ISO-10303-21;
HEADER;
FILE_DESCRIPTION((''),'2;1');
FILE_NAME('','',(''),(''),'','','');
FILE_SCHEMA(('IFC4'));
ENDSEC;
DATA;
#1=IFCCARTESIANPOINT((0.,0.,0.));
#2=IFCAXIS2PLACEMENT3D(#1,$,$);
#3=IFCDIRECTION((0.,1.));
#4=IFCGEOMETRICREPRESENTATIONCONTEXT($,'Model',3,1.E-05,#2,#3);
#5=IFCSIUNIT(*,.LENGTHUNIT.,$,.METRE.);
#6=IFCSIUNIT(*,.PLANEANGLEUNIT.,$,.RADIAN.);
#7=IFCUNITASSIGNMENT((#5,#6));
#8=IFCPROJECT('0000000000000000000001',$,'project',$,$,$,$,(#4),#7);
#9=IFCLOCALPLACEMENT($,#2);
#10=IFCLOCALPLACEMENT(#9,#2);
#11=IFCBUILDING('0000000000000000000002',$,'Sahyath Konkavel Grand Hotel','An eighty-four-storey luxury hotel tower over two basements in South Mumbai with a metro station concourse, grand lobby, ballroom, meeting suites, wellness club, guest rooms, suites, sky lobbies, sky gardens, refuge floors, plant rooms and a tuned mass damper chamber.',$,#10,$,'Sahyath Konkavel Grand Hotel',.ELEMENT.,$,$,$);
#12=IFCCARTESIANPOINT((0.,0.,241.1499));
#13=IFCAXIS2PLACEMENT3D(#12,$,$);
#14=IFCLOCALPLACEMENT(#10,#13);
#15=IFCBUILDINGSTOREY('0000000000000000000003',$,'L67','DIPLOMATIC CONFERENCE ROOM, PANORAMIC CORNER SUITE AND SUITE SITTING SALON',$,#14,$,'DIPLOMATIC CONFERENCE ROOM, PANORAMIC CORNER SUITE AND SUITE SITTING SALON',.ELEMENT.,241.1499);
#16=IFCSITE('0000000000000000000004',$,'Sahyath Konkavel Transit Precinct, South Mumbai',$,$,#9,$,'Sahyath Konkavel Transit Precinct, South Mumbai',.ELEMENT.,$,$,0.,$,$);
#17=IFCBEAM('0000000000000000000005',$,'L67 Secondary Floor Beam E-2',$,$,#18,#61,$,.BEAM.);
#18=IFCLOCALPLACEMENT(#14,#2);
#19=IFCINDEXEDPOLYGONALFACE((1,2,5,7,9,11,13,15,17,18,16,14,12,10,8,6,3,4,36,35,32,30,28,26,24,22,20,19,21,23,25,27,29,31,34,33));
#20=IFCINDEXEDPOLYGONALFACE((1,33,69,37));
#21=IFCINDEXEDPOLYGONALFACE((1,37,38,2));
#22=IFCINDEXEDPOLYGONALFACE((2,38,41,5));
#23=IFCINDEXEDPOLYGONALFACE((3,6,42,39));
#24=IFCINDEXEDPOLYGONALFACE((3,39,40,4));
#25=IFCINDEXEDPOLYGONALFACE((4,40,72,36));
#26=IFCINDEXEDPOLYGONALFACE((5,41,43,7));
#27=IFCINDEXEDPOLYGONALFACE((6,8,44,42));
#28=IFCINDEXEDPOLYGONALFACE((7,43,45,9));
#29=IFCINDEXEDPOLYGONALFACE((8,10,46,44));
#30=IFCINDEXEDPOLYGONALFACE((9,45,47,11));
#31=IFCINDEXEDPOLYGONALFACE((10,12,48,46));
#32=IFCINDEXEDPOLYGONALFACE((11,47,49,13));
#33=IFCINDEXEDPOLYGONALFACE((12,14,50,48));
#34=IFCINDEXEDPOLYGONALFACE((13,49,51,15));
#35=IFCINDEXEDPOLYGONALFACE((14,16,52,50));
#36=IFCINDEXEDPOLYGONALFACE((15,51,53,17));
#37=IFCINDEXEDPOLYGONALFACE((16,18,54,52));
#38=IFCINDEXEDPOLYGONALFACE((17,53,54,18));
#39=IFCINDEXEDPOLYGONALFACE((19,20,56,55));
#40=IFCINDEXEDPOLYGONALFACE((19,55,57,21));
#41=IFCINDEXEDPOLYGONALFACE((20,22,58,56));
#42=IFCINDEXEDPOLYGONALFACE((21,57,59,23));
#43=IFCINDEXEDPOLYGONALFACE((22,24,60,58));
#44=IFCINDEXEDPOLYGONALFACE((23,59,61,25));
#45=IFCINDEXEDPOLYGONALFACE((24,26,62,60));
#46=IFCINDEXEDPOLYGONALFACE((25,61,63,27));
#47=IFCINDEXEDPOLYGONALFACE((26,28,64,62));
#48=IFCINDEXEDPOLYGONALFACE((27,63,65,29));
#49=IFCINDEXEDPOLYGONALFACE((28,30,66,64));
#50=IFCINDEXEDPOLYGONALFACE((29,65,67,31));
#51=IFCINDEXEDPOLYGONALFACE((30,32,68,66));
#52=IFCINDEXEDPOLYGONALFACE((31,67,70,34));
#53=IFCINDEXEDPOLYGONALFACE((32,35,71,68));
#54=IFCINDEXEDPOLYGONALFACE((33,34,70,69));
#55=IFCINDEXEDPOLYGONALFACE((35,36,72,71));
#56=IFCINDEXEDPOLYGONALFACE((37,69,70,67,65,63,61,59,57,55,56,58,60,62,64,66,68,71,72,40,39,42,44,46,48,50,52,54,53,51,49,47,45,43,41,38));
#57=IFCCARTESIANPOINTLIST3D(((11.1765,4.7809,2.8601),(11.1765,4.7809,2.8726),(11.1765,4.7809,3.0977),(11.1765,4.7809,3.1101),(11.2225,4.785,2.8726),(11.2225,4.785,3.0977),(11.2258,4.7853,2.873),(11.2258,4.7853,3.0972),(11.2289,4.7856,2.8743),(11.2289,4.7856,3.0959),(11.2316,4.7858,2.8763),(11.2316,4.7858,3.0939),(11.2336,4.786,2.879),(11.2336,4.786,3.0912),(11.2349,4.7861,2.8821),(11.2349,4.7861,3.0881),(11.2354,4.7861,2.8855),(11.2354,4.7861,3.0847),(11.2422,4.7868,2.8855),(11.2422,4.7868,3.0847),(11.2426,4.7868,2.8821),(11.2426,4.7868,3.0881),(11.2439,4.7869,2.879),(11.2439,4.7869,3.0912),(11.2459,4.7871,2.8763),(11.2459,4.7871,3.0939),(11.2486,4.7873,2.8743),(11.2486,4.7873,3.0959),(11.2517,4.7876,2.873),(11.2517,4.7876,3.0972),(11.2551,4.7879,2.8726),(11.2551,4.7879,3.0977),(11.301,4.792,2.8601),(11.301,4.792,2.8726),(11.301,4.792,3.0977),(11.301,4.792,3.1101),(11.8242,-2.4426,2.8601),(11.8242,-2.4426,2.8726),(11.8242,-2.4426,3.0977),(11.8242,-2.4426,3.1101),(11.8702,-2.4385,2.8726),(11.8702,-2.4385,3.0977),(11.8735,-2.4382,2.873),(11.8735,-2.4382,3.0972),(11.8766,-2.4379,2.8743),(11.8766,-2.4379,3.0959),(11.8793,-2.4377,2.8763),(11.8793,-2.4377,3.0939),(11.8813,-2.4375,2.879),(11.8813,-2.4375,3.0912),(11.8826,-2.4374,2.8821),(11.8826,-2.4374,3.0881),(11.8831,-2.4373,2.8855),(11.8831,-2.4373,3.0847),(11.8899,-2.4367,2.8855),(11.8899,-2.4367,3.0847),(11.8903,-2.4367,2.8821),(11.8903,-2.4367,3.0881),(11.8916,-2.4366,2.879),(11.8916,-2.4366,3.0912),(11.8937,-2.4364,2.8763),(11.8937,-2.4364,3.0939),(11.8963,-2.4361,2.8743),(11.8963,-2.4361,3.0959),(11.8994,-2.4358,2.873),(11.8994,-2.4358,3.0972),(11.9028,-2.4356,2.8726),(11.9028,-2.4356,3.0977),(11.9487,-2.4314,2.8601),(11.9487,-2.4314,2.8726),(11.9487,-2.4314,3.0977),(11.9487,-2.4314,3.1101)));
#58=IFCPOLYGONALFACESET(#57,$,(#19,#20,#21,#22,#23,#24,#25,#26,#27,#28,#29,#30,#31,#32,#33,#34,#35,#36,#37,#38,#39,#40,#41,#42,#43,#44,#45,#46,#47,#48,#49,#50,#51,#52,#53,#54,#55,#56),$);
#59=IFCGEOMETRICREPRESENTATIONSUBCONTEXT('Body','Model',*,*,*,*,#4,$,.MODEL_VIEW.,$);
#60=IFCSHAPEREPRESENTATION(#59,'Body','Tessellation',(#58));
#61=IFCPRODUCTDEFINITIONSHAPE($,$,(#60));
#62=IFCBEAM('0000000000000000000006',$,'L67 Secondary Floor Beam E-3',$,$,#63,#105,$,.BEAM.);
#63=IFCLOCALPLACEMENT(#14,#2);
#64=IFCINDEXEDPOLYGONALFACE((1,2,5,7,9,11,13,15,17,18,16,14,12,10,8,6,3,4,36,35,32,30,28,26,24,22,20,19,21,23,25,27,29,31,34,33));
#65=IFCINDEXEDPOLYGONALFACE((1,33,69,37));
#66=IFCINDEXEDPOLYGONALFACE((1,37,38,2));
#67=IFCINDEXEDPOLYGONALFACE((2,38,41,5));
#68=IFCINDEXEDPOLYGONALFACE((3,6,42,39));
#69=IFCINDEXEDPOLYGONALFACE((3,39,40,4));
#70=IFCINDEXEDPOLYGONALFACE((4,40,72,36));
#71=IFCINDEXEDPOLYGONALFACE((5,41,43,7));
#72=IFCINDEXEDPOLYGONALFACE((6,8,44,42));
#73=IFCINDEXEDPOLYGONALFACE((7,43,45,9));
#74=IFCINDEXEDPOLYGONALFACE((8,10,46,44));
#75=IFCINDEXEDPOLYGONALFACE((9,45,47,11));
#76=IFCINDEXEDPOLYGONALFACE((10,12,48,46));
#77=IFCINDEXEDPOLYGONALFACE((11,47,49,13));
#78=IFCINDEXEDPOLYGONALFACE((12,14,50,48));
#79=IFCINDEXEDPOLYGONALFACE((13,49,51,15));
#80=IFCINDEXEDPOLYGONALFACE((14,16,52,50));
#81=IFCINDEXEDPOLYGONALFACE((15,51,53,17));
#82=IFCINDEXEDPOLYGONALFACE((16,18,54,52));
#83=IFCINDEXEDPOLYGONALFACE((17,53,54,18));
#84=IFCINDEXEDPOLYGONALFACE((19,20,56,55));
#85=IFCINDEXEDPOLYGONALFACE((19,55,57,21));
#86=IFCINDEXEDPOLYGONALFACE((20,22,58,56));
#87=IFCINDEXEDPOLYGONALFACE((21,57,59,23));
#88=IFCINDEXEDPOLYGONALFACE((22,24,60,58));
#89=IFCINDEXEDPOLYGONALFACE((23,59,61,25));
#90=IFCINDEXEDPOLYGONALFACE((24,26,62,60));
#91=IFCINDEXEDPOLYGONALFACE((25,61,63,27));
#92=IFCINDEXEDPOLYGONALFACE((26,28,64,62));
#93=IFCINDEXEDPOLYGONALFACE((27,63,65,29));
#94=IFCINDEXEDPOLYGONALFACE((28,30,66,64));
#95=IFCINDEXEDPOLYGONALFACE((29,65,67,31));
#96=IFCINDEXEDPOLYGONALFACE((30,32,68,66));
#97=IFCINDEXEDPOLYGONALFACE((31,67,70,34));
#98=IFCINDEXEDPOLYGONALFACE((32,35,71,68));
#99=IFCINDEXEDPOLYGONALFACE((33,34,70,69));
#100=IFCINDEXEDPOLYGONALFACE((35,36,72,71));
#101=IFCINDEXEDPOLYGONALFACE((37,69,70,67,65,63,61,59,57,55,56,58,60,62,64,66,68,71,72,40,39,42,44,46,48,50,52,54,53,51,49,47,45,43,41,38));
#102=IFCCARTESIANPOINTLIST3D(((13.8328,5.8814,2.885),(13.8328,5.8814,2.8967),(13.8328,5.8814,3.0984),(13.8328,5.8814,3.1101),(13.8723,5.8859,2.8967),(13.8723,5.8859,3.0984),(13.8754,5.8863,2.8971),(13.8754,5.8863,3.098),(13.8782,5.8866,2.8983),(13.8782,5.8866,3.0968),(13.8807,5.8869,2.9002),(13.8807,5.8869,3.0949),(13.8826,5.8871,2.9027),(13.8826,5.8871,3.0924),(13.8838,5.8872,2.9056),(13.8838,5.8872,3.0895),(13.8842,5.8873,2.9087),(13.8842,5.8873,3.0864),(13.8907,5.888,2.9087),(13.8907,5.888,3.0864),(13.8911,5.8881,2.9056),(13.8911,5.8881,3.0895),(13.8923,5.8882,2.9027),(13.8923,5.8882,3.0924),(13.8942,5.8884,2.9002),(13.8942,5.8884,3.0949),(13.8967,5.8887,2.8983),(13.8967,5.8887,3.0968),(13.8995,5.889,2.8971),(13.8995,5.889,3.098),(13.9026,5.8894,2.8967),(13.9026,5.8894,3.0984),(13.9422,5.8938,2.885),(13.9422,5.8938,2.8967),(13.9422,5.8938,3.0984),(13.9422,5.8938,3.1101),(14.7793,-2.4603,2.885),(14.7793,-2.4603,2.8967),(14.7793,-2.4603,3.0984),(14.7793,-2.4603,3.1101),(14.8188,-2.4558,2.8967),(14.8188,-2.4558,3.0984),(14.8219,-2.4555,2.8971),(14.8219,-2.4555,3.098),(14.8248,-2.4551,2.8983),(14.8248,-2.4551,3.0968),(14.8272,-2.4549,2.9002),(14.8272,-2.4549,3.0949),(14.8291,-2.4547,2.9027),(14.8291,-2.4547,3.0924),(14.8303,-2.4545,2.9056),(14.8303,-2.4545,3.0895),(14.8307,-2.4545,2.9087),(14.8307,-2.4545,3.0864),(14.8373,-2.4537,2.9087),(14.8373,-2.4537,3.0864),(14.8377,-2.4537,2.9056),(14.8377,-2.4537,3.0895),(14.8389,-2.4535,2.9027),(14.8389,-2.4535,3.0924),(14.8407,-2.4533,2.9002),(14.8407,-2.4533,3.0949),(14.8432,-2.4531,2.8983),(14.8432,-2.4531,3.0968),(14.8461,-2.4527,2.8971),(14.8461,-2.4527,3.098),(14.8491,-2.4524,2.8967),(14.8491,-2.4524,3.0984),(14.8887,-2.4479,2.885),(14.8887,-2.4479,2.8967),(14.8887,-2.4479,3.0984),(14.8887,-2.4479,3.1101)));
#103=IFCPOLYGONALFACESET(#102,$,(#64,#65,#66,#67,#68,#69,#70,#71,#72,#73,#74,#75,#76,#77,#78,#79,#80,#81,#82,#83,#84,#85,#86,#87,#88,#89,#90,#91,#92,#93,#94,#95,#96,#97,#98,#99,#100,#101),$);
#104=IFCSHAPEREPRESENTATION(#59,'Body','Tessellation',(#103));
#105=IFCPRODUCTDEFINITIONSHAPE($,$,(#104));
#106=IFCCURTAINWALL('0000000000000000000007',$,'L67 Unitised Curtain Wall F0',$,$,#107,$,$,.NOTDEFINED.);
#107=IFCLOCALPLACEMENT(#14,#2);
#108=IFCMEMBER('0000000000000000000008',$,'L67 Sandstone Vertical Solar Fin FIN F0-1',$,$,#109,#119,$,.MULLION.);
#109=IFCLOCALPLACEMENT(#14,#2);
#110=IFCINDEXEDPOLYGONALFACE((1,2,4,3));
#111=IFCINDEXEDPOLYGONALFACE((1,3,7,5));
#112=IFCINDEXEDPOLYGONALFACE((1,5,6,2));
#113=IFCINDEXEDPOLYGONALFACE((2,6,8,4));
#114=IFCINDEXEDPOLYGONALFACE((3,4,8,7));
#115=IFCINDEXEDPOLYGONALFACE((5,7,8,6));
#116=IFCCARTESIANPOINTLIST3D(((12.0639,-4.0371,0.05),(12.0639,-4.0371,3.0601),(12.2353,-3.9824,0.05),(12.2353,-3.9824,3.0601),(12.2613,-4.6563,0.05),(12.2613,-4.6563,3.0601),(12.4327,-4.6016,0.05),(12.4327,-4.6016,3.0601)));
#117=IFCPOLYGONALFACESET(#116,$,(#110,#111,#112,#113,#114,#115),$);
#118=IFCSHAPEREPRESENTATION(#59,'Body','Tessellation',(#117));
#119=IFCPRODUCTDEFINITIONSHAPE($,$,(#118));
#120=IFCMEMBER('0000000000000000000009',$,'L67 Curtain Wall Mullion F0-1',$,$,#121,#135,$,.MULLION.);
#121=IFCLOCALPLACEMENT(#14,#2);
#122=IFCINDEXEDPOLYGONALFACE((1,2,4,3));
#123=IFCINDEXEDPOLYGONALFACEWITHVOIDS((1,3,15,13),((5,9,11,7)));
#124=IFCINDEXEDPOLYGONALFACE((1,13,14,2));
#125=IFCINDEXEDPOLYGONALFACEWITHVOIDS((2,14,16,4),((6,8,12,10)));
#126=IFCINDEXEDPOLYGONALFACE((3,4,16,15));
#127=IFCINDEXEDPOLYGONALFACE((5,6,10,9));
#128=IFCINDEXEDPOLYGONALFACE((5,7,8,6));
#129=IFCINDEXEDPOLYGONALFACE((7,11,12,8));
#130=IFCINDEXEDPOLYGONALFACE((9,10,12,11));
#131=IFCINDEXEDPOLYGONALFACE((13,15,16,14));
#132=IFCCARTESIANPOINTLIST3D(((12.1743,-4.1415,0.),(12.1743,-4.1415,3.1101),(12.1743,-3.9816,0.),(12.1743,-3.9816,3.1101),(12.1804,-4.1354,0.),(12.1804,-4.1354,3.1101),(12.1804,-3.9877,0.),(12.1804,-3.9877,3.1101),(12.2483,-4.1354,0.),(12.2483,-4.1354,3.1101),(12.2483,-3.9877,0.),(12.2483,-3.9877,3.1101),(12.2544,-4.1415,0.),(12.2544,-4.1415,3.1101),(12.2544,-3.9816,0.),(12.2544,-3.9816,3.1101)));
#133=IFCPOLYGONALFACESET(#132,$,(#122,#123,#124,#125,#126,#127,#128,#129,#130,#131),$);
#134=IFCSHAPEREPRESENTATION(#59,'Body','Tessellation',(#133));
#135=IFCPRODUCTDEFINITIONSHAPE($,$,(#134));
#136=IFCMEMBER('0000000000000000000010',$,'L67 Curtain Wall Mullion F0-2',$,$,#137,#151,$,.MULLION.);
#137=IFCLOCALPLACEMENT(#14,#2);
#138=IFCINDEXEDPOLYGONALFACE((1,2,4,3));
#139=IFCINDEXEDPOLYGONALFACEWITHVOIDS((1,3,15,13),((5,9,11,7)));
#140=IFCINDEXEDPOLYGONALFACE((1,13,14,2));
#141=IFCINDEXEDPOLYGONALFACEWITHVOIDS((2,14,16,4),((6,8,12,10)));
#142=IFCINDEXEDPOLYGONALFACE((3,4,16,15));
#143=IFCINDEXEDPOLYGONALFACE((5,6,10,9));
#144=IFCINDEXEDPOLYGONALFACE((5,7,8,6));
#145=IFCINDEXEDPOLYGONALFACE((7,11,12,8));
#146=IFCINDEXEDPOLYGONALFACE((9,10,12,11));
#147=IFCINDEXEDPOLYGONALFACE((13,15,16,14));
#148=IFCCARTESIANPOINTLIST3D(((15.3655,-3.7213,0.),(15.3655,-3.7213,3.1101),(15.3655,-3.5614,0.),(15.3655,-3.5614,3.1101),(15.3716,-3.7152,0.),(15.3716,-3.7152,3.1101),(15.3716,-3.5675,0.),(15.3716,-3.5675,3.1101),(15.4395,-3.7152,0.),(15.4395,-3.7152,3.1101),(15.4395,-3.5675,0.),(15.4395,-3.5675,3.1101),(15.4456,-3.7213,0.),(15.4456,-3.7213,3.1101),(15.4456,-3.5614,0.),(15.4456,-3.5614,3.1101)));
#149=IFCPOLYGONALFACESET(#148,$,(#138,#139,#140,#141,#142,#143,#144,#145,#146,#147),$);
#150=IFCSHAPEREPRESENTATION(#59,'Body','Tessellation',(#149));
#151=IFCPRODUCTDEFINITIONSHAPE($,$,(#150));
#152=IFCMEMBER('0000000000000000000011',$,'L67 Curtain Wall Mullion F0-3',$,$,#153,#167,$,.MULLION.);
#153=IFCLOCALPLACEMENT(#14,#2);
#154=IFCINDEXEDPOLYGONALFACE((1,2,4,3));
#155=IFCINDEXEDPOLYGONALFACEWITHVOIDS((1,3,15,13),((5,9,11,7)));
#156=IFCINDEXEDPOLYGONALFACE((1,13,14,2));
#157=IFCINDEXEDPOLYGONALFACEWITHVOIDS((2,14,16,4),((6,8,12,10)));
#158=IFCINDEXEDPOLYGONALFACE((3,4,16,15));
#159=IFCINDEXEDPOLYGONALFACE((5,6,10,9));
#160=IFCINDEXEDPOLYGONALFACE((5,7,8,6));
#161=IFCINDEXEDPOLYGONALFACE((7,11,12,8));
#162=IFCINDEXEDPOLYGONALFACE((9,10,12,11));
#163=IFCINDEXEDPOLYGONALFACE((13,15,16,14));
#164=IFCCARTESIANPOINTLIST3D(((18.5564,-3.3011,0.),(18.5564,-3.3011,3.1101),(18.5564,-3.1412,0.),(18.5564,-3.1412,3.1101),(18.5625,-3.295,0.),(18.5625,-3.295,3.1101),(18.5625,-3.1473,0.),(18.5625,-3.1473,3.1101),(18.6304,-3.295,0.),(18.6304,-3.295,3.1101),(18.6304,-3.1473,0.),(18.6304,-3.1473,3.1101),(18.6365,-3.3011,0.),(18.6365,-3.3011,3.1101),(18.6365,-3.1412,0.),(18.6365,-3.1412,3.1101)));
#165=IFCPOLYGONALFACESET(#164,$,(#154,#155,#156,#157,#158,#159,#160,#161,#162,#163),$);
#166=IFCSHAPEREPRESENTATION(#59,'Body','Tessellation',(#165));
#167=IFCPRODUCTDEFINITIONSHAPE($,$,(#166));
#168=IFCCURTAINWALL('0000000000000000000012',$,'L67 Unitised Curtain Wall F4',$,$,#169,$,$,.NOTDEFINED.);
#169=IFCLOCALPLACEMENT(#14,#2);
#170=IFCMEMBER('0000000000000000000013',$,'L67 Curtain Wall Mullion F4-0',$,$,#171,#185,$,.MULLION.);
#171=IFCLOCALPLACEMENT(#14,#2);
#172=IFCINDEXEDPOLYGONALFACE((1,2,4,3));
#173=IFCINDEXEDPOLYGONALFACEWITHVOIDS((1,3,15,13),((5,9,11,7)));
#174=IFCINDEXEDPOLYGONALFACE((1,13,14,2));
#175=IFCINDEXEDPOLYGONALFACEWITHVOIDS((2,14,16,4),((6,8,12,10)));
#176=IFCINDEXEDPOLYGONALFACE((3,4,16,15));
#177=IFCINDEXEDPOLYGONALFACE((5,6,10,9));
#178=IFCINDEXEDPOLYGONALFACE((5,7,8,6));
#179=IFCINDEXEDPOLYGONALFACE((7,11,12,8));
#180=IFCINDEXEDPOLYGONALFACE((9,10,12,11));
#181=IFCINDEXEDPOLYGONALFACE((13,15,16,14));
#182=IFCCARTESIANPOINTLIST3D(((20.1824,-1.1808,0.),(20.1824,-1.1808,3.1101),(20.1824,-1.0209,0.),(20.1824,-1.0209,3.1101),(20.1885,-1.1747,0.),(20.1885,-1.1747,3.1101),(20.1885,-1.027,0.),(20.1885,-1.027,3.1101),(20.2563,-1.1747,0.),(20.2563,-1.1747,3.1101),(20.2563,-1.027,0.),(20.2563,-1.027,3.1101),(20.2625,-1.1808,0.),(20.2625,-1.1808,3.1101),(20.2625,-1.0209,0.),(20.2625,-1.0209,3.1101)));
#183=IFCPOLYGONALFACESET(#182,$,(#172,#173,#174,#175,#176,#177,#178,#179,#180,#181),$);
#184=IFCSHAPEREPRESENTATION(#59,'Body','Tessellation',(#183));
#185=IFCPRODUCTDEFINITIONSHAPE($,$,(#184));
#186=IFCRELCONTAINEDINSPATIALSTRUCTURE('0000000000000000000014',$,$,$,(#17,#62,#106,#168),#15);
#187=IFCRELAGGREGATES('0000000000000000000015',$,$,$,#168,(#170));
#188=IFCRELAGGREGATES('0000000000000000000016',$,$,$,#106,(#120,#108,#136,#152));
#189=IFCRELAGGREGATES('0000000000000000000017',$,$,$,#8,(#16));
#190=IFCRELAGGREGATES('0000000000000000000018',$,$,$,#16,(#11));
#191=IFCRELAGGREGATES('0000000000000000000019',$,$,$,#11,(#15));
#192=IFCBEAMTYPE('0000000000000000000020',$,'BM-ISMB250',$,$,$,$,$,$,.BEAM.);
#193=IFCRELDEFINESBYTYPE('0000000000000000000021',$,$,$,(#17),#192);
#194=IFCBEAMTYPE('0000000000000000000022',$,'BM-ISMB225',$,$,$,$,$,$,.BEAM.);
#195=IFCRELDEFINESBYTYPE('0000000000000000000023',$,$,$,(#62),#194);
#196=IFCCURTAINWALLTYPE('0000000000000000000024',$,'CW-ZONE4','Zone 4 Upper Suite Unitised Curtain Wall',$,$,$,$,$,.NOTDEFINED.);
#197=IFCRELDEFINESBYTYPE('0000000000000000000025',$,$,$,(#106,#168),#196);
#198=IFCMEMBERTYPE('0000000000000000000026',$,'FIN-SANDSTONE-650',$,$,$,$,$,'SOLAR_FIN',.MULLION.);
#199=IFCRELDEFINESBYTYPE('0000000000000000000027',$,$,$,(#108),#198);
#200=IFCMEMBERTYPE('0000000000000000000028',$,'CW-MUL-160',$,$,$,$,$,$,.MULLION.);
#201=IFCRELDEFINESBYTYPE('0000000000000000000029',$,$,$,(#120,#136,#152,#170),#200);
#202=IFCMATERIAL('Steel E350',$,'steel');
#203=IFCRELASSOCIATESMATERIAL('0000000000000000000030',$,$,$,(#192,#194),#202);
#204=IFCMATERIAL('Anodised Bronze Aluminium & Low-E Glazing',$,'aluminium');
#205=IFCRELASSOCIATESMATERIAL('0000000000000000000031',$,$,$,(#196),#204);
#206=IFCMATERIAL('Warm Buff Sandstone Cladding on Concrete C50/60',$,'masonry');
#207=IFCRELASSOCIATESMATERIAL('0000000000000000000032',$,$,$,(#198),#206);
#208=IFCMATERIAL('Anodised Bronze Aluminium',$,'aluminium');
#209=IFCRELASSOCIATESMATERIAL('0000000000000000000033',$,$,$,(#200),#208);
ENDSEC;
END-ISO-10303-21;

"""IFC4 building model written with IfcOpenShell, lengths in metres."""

from ifc_helpers import new_model, si_unit, direction, frame, origin, origin_2d, place, context, subcontext, project, spatial, rectangle, hollow_rectangle, i_section, extrude, source, transform, mapped, material, material_profile, profile_set, type_object, element, aggregate, save


model = new_model("IFC4")

# Units and contexts
model_context = context("Model", 3, precision=1e-05, world=origin(), true_north=direction((0.0, 1.0)))
body_context = subcontext(model_context, "Body", "Model", "MODEL_VIEW")
ifc_project = project(units=[si_unit("LENGTHUNIT", "METRE"), si_unit("PLANEANGLEUNIT", "RADIAN")], contexts=[model_context])

# Site, building, storey
site_placement = place(None, origin())
site = spatial("IfcSite", under=ifc_project, at=site_placement, Name="Sahyath Konkavel Transit Precinct, South Mumbai", LongName="Sahyath Konkavel Transit Precinct, South Mumbai", CompositionType="ELEMENT", RefElevation=0.0)
building_placement = place(site_placement, origin())
building = spatial("IfcBuilding", under=site, at=building_placement, Name="Sahyath Konkavel Grand Hotel", Description="An eighty-four-storey luxury hotel tower over two basements in South Mumbai with a metro station concourse, grand lobby, ballroom, meeting suites, wellness club, guest rooms, suites, sky lobbies, sky gardens, refuge floors, plant rooms and a tuned mass damper chamber.", LongName="Sahyath Konkavel Grand Hotel", CompositionType="ELEMENT")
storey_placement = place(building_placement, frame((0.0, 0.0, 241.1499)))
storey = spatial("IfcBuildingStorey", under=building, at=storey_placement, Name="L67", Description="DIPLOMATIC CONFERENCE ROOM, PANORAMIC CORNER SUITE AND SUITE SITTING SALON", LongName="DIPLOMATIC CONFERENCE ROOM, PANORAMIC CORNER SUITE AND SUITE SITTING SALON", CompositionType="ELEMENT", Elevation=241.1499)

# Beams
ifc_material_1 = material(Name="Steel E350", Category="steel")
ifc_material_profile_1 = material_profile(ifc_material_1, i_section(OverallWidth=0.125, OverallDepth=0.25, WebThickness=0.0068, FlangeThickness=0.0125, FilletRadius=0.0129, at=origin_2d()), Name="ISMB 250")
ifc_profile_set_1 = profile_set([ifc_material_profile_1], Name="Steel E350")
beam_type_1 = type_object("IfcBeamType", Name="BM-ISMB250", PredefinedType="BEAM", material=ifc_profile_set_1)
shared_shape_1 = source(origin(), body_context, "Body", "SweptSolid", [
    extrude(i_section(OverallWidth=0.125, OverallDepth=0.25, WebThickness=0.0068, FlangeThickness=0.0125, FilletRadius=0.0129, at=origin_2d()), origin(), (0.0, 0.0, 1.0), 7.2524),
])
beam_1_placement = place(storey_placement, frame((11.8865, -2.437, 2.9851), z_axis=(-0.089309, 0.996004, 0.0), x_axis=(-0.996004, -0.089309, 0.0)))
element("IfcBeam", 1, at=beam_1_placement, inside=storey, type_object=beam_type_1, Name="L67 Secondary Floor Beam E-2", PredefinedType="BEAM", context=body_context, shape_type="MappedRepresentation", body=[
    mapped(shared_shape_1, transform((0.0, 0.0, 0.0), scale=1.0)),
])
ifc_material_profile_2 = material_profile(ifc_material_1, i_section(OverallWidth=0.1101, OverallDepth=0.2251, WebThickness=0.0066, FlangeThickness=0.0117, FilletRadius=0.012, at=origin_2d()), Name="ISMB 225")
ifc_profile_set_2 = profile_set([ifc_material_profile_2], Name="Steel E350")
beam_type_2 = type_object("IfcBeamType", Name="BM-ISMB225", PredefinedType="BEAM", material=ifc_profile_set_2)
shared_shape_2 = source(origin(), body_context, "Body", "SweptSolid", [
    extrude(i_section(OverallWidth=0.1101, OverallDepth=0.2251, WebThickness=0.0066, FlangeThickness=0.0117, FilletRadius=0.012, at=origin_2d()), origin(), (0.0, 0.0, 1.0), 8.3953),
])
beam_2_placement = place(storey_placement, frame((14.834, -2.4541, 2.9976), z_axis=(-0.112745, 0.993624, 0.0), x_axis=(-0.993624, -0.112745, 0.0)))
element("IfcBeam", 2, at=beam_2_placement, inside=storey, type_object=beam_type_2, Name="L67 Secondary Floor Beam E-3", PredefinedType="BEAM", context=body_context, shape_type="MappedRepresentation", body=[
    mapped(shared_shape_2, transform((0.0, 0.0, 0.0), scale=1.0)),
])

# Curtain wall, members
ifc_material_2 = material(Name="Anodised Bronze Aluminium & Low-E Glazing", Category="aluminium")
curtain_wall_type = type_object("IfcCurtainWallType", Name="CW-ZONE4", Description="Zone 4 Upper Suite Unitised Curtain Wall", PredefinedType="NOTDEFINED", material=ifc_material_2)
curtain_wall_1_placement = place(storey_placement, origin())
curtain_wall_1 = element("IfcCurtainWall", 3, at=curtain_wall_1_placement, inside=storey, type_object=curtain_wall_type, Name="L67 Unitised Curtain Wall F0", PredefinedType="NOTDEFINED")
ifc_material_3 = material(Name="Warm Buff Sandstone Cladding on Concrete C50/60", Category="masonry")
ifc_material_profile_3 = material_profile(ifc_material_3, rectangle(XDim=0.1799, YDim=0.6499, at=origin_2d()), Name="FIN 180x650")
ifc_profile_set_3 = profile_set([ifc_material_profile_3], Name="Warm Buff Sandstone Cladding on Concrete C50/60")
member_type_1 = type_object("IfcMemberType", Name="FIN-SANDSTONE-650", ElementType="SOLAR_FIN", PredefinedType="MULLION", material=ifc_profile_set_3)
shared_shape_3 = source(origin(), body_context, "Body", "SweptSolid", [
    extrude(rectangle(XDim=0.1799, YDim=0.6499, at=origin_2d()), origin(), (0.0, 0.0, 1.0), 3.01),
])
member_1_placement = place(storey_placement, frame((12.2483, -4.3193, 0.05), z_axis=(0.0, 0.0, 1.0), x_axis=(0.952768, 0.303701, 0.0)))
member_1 = element("IfcMember", 4, at=member_1_placement, type_object=member_type_1, Name="L67 Sandstone Vertical Solar Fin FIN F0-1", PredefinedType="MULLION", context=body_context, shape_type="MappedRepresentation", body=[
    mapped(shared_shape_3, transform((0.0, 0.0, 0.0), scale=1.0)),
])
ifc_material_4 = material(Name="Anodised Bronze Aluminium", Category="aluminium")
ifc_material_profile_4 = material_profile(ifc_material_4, hollow_rectangle(XDim=0.0801, YDim=0.1599, WallThickness=0.0061, at=origin_2d()), Name="RHS 160x80x6")
ifc_profile_set_4 = profile_set([ifc_material_profile_4], Name="Anodised Bronze Aluminium")
member_type_2 = type_object("IfcMemberType", Name="CW-MUL-160", PredefinedType="MULLION", material=ifc_profile_set_4)
shared_shape_4 = source(origin(), body_context, "Body", "SweptSolid", [
    extrude(hollow_rectangle(XDim=0.0801, YDim=0.1599, WallThickness=0.0061, at=origin_2d()), origin(), (0.0, 0.0, 1.0), 3.1101),
])
member_2_placement = place(storey_placement, frame((12.2144, -4.0615, 0.0), z_axis=(0.0, 0.0, 1.0), x_axis=(1.0, 0.0, 0.0)))
member_2 = element("IfcMember", 5, at=member_2_placement, type_object=member_type_2, Name="L67 Curtain Wall Mullion F0-1", PredefinedType="MULLION", context=body_context, shape_type="MappedRepresentation", body=[
    mapped(shared_shape_4, transform((0.0, 0.0, 0.0), scale=1.0)),
])
member_3_placement = place(storey_placement, frame((15.4055, -3.6414, 0.0), z_axis=(0.0, 0.0, 1.0), x_axis=(1.0, 0.0, 0.0)))
member_3 = element("IfcMember", 6, at=member_3_placement, type_object=member_type_2, Name="L67 Curtain Wall Mullion F0-2", PredefinedType="MULLION", context=body_context, shape_type="MappedRepresentation", body=[
    mapped(shared_shape_4, transform((0.0, 0.0, 0.0), scale=1.0)),
])
member_4_placement = place(storey_placement, frame((18.5964, -3.2212, 0.0), z_axis=(0.0, 0.0, 1.0), x_axis=(1.0, 0.0, 0.0)))
member_4 = element("IfcMember", 7, at=member_4_placement, type_object=member_type_2, Name="L67 Curtain Wall Mullion F0-3", PredefinedType="MULLION", context=body_context, shape_type="MappedRepresentation", body=[
    mapped(shared_shape_4, transform((0.0, 0.0, 0.0), scale=1.0)),
])

# Curtain wall, member
curtain_wall_2_placement = place(storey_placement, origin())
curtain_wall_2 = element("IfcCurtainWall", 8, at=curtain_wall_2_placement, inside=storey, type_object=curtain_wall_type, Name="L67 Unitised Curtain Wall F4", PredefinedType="NOTDEFINED")
member_5_placement = place(storey_placement, frame((20.2224, -1.1008, 0.0), z_axis=(0.0, 0.0, 1.0), x_axis=(1.0, 0.0, 0.0)))
member_5 = element("IfcMember", 9, at=member_5_placement, type_object=member_type_2, Name="L67 Curtain Wall Mullion F4-0", PredefinedType="MULLION", context=body_context, shape_type="MappedRepresentation", body=[
    mapped(shared_shape_4, transform((0.0, 0.0, 0.0), scale=1.0)),
])

aggregate(curtain_wall_2, [member_5])

aggregate(curtain_wall_1, [member_2, member_1, member_3, member_4])

save(model, "model.ifc")
